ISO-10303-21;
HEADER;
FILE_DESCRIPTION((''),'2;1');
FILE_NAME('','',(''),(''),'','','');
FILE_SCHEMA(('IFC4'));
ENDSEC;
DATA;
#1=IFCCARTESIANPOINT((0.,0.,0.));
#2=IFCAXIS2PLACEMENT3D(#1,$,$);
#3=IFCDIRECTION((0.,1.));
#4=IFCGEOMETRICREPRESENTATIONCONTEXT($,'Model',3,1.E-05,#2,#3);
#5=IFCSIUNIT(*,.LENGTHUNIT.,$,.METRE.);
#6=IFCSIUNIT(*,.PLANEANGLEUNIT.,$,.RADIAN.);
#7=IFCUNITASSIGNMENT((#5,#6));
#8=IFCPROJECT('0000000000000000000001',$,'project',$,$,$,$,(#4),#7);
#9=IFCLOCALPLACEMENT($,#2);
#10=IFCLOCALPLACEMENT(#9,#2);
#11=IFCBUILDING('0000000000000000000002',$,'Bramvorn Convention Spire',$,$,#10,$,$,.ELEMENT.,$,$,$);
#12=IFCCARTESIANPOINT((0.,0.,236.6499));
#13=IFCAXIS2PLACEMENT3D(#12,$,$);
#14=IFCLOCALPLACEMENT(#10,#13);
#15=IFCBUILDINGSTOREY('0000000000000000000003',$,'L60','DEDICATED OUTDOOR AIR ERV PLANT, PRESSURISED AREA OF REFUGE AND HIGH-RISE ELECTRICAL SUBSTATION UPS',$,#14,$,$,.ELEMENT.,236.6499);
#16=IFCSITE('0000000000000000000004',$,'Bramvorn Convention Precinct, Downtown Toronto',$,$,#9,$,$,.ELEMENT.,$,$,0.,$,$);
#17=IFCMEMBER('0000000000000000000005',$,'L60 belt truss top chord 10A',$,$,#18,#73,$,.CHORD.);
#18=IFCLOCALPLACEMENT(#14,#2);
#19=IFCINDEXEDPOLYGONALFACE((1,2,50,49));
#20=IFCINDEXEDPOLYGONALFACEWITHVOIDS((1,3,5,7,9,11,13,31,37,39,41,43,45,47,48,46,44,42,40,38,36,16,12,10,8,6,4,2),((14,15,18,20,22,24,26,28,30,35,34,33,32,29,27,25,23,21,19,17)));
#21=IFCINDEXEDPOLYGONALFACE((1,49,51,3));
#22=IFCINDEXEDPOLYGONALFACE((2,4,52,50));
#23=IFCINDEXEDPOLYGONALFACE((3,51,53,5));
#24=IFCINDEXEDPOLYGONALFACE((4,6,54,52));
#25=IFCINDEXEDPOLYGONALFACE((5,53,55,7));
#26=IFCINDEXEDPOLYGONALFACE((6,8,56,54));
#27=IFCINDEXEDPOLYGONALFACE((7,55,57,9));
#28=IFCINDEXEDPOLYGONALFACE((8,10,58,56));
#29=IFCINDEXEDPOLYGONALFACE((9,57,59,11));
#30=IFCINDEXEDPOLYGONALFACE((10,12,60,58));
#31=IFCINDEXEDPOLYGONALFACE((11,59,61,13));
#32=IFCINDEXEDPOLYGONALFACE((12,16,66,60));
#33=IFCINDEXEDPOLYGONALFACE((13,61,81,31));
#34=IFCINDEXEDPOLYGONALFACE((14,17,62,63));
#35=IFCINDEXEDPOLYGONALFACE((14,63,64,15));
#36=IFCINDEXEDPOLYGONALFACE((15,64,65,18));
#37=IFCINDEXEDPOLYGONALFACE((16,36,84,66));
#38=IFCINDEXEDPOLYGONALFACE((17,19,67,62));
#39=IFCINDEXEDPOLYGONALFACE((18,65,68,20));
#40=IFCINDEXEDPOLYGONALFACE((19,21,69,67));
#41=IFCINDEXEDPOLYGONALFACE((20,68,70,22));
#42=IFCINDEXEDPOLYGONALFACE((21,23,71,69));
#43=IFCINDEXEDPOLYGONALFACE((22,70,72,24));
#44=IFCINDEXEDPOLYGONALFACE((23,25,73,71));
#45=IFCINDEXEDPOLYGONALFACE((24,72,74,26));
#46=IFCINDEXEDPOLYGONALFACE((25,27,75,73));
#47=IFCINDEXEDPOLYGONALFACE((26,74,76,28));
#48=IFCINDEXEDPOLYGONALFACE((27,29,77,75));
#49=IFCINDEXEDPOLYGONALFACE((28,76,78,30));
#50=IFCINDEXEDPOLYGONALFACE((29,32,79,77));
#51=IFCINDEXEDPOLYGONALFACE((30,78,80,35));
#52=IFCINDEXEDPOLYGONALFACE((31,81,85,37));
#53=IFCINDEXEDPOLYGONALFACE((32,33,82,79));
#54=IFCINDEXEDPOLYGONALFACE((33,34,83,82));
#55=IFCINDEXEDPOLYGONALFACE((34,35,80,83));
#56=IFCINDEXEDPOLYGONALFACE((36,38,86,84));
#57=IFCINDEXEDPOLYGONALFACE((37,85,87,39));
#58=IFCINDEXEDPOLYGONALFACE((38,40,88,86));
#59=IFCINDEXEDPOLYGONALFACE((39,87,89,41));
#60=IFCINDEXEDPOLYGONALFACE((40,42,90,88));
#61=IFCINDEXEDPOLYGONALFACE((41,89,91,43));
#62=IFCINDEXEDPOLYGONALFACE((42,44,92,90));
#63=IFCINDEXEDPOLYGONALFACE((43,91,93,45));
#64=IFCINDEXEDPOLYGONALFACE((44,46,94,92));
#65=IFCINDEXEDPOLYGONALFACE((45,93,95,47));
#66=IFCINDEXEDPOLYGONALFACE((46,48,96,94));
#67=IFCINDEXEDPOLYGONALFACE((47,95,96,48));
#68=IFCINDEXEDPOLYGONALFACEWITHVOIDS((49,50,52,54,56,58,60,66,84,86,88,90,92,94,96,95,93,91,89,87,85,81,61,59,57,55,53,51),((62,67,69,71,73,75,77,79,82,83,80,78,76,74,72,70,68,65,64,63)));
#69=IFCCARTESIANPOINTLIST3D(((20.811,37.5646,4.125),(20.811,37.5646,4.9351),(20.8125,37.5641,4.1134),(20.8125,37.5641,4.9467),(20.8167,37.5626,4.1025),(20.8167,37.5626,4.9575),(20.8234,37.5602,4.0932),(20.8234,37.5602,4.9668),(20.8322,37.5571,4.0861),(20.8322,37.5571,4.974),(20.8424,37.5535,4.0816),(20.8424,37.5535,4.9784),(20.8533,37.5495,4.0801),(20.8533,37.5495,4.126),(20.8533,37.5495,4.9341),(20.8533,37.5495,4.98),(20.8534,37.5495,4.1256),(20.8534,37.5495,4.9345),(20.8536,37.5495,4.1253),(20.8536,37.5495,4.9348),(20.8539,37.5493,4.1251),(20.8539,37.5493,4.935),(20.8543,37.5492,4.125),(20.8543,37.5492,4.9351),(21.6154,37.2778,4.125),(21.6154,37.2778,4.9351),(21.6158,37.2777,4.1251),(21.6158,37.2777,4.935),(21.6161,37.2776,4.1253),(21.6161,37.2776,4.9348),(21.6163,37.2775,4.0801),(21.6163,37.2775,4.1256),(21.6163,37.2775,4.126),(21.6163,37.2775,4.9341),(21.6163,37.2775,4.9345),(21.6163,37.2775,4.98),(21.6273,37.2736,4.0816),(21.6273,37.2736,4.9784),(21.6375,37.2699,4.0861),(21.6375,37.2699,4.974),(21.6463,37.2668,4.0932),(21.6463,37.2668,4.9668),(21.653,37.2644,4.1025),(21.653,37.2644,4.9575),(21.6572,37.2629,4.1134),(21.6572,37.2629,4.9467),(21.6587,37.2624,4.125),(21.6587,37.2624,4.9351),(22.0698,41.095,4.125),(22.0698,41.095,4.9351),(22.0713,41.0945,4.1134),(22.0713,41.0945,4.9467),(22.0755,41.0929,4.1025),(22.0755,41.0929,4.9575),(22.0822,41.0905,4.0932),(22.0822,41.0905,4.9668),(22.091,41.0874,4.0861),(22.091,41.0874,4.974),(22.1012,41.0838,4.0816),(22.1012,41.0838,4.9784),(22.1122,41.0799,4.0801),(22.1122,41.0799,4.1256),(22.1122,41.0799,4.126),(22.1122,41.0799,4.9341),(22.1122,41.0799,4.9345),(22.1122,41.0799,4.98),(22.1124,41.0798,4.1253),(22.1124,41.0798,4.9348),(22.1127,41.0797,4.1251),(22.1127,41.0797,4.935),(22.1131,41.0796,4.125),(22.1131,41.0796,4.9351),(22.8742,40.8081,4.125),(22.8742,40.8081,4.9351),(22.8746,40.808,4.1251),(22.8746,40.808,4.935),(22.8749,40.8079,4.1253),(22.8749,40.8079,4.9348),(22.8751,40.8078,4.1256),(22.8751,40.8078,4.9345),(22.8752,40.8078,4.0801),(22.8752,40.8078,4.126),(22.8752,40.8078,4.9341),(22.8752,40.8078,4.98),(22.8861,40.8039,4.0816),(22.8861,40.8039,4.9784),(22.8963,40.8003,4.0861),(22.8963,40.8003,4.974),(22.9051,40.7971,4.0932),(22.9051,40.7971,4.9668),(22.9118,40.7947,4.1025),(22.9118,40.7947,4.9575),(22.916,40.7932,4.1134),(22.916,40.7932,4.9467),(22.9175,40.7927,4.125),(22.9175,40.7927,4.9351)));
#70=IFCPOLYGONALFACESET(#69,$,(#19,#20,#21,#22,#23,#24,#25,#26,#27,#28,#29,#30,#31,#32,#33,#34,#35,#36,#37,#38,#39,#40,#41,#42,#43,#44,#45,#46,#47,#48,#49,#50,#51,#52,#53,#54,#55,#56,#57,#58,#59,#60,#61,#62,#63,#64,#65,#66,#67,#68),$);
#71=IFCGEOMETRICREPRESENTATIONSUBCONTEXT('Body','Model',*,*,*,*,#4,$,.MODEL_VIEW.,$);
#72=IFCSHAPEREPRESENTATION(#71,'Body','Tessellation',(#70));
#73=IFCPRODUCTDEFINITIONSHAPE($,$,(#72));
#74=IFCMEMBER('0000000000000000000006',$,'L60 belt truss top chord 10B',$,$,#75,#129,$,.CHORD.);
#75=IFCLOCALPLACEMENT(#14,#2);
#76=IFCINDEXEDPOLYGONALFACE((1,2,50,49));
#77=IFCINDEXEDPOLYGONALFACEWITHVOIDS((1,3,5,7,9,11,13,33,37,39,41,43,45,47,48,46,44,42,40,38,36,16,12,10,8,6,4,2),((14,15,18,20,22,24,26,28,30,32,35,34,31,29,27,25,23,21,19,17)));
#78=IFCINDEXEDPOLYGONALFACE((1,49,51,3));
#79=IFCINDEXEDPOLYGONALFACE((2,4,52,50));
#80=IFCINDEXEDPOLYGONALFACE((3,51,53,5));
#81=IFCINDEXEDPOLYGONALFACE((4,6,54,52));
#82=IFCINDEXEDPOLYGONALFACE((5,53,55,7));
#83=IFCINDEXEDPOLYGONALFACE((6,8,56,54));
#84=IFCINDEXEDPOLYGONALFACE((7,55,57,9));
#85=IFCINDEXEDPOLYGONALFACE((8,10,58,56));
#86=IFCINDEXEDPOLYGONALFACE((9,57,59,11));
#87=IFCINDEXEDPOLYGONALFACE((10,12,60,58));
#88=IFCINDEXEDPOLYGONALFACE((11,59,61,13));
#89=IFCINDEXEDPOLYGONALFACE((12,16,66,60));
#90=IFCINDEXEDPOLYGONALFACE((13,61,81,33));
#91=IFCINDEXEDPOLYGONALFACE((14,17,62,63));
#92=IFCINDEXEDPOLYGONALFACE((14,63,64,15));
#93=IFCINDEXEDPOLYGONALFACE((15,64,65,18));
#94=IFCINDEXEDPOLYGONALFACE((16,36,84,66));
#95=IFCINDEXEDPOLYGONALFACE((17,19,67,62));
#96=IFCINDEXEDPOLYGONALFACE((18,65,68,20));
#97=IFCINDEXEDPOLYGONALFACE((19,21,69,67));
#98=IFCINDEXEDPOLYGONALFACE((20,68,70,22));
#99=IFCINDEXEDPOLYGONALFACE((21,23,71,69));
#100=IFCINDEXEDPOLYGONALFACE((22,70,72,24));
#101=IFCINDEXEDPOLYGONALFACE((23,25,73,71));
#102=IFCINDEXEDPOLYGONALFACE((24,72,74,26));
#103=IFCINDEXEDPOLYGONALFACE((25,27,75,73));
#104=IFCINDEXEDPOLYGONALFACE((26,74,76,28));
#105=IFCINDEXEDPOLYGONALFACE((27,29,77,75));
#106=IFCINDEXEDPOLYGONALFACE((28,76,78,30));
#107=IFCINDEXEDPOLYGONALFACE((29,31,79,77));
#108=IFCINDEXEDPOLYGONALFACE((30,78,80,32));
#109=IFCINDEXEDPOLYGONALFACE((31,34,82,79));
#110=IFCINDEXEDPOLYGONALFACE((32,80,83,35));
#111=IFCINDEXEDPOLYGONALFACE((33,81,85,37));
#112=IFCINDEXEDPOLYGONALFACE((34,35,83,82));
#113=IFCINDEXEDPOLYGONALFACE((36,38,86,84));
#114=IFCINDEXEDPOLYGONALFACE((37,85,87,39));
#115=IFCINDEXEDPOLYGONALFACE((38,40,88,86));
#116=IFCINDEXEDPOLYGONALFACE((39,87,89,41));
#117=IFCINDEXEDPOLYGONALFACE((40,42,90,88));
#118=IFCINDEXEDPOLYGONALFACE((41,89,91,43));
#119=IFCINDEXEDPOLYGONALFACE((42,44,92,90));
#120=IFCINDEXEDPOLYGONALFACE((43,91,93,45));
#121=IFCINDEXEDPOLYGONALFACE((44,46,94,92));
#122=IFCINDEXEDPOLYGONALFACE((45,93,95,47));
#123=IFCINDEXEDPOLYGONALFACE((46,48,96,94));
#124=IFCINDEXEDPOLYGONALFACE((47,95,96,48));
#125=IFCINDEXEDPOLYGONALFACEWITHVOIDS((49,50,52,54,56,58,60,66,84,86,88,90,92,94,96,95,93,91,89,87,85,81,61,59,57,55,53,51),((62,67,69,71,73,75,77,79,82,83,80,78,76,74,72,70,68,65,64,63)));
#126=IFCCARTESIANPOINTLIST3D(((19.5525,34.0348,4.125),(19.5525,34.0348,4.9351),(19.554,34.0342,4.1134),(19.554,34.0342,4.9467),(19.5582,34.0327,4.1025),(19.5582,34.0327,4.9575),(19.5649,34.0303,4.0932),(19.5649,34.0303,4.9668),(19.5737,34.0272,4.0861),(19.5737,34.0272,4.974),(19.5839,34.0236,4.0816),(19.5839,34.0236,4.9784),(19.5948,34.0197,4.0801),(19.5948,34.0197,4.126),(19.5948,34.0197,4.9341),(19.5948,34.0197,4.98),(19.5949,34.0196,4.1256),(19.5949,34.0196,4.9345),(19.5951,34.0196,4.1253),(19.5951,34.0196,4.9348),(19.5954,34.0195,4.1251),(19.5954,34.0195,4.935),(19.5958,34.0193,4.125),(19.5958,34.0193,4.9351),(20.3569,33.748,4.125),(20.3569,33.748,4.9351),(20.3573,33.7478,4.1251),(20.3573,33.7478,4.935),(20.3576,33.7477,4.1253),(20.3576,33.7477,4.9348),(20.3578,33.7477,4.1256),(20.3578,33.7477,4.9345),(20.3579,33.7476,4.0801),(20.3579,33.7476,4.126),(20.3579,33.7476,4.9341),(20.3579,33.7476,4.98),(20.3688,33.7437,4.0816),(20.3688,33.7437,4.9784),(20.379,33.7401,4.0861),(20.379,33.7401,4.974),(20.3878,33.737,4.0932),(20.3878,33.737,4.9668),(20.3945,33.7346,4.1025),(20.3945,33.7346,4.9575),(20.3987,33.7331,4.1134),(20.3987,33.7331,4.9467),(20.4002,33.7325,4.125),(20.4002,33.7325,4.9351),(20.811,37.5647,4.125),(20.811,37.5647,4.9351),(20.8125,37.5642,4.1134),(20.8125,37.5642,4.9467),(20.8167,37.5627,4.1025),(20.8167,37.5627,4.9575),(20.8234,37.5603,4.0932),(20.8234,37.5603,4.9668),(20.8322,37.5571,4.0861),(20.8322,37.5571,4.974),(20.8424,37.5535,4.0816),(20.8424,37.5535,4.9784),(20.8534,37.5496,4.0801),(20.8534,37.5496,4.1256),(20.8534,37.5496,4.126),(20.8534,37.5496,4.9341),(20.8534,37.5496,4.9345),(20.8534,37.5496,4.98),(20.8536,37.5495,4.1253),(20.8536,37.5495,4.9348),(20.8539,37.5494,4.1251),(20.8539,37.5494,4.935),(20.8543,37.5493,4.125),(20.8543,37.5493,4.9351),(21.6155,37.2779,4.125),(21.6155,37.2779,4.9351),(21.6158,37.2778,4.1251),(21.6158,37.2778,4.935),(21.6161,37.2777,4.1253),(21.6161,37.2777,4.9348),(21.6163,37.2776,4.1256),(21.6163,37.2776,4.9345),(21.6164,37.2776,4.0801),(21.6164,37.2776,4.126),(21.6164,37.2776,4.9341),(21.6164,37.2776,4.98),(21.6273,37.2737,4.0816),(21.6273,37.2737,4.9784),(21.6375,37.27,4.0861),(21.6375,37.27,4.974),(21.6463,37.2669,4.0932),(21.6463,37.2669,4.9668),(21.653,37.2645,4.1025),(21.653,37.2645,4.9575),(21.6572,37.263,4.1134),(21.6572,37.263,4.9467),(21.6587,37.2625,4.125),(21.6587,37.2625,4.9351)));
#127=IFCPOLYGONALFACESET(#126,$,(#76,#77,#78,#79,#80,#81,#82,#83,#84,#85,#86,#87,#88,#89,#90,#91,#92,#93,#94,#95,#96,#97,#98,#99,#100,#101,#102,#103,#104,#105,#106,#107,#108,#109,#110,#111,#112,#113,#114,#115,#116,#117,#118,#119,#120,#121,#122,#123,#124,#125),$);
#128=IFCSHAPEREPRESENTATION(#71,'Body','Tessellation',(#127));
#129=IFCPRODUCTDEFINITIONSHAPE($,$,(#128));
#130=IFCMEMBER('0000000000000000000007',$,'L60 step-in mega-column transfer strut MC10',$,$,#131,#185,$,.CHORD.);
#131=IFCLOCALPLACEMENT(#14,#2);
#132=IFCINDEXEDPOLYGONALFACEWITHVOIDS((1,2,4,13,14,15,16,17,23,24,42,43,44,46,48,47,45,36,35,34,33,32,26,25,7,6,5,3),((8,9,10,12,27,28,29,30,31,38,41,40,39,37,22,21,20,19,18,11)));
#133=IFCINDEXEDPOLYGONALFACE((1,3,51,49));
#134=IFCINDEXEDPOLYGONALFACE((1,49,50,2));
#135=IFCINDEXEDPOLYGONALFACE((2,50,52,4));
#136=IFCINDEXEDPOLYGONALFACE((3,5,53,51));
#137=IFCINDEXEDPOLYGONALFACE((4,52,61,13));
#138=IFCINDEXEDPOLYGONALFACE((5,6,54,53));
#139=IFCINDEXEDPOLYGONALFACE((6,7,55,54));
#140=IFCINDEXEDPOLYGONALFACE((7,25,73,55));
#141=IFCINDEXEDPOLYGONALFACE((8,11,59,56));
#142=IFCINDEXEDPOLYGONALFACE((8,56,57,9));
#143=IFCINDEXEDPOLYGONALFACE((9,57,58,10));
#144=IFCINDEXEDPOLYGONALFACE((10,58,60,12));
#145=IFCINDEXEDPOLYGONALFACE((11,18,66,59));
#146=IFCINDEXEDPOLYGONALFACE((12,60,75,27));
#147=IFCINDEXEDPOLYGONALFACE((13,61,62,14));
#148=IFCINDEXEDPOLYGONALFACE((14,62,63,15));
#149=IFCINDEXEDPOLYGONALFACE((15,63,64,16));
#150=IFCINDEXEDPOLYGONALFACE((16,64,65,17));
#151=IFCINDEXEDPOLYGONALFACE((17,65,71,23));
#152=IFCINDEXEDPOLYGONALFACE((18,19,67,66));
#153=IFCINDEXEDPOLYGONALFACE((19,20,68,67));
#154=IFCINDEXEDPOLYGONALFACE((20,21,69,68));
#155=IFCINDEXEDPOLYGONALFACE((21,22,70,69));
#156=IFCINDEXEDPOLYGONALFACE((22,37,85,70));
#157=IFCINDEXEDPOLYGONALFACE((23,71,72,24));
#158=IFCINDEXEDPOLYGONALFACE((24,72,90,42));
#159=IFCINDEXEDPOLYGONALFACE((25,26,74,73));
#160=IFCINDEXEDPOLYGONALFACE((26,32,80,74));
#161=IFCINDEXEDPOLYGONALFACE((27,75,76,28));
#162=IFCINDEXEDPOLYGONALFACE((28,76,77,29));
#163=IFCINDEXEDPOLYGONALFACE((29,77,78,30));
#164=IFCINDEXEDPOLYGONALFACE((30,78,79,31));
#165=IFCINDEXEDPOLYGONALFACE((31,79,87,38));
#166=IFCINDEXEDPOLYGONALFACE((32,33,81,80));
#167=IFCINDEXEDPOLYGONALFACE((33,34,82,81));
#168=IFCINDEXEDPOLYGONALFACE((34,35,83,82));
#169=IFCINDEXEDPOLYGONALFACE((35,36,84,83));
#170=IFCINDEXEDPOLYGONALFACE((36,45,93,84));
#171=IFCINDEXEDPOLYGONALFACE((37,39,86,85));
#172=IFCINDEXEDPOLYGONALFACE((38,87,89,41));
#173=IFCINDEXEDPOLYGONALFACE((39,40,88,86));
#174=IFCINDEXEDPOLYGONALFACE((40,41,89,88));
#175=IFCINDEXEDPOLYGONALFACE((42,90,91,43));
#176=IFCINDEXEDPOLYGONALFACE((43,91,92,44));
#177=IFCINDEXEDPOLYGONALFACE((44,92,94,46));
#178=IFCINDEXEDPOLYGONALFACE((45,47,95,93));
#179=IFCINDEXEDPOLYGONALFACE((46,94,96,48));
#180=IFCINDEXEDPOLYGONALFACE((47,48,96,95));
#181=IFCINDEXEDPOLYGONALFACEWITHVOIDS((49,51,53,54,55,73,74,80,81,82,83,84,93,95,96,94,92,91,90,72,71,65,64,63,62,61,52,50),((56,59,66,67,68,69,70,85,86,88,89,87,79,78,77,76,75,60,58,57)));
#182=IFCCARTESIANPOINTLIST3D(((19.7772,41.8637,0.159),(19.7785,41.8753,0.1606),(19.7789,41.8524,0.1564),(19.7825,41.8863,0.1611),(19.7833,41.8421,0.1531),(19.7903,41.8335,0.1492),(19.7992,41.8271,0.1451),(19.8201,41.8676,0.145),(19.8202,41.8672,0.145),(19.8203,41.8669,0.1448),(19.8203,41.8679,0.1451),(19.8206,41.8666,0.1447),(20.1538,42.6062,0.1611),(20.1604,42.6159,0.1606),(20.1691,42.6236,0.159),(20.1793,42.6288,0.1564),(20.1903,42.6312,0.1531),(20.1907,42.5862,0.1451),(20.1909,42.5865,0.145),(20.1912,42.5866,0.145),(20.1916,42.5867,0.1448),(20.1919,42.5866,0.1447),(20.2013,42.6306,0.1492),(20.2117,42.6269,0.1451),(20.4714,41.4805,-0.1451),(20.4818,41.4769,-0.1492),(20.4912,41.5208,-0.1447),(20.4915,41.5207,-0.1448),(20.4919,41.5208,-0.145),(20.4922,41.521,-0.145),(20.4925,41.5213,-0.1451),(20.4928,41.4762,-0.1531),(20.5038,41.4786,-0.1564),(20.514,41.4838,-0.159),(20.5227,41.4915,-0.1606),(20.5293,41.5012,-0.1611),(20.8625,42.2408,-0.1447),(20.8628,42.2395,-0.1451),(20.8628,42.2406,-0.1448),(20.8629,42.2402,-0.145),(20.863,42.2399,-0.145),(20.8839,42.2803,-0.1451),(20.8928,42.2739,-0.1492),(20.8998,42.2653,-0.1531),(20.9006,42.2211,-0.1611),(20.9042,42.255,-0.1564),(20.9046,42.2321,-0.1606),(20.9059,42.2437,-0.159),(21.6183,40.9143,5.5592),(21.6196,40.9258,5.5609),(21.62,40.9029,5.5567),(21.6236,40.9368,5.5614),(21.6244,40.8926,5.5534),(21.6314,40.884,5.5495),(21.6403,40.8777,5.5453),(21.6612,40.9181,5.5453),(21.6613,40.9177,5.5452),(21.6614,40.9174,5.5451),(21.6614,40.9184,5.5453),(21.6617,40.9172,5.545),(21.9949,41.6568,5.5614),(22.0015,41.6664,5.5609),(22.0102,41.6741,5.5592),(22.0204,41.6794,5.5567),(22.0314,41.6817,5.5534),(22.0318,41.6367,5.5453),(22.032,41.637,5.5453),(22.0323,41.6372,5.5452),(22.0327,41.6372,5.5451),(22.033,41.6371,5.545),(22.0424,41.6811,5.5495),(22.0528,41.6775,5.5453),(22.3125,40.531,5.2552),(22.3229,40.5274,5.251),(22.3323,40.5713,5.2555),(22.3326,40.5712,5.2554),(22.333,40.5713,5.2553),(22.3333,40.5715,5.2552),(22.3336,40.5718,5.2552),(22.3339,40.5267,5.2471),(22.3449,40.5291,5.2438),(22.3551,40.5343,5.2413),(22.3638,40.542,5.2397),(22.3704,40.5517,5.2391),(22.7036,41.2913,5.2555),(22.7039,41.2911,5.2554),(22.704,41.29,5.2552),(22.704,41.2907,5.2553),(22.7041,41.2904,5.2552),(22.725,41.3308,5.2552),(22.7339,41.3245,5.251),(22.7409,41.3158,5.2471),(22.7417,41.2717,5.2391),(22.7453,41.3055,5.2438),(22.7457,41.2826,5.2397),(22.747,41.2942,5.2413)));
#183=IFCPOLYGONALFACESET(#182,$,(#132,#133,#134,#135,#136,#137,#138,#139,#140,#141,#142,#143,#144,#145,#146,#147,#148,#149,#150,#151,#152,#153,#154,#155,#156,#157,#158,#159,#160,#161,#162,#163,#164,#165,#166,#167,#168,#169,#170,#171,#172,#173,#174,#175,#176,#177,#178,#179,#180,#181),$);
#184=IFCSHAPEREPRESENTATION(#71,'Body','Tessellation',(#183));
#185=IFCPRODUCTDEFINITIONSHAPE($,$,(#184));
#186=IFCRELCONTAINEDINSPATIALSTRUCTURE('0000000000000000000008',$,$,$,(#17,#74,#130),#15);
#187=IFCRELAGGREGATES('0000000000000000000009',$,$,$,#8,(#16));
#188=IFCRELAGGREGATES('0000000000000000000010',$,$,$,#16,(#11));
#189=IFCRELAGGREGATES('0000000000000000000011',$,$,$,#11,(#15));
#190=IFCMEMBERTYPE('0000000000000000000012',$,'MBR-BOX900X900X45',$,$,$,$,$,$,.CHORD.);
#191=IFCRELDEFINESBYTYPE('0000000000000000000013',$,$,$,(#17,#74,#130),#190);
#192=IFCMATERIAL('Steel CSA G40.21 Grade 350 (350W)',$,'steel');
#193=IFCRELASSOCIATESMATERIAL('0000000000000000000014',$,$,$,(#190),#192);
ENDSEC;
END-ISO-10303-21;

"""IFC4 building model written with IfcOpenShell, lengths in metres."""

from ifc_helpers import new_model, si_unit, direction, frame, origin, origin_2d, place, context, subcontext, project, spatial, hollow_rectangle, extrude, material, material_profile, profile_set, type_object, element, save


model = new_model("IFC4")

# Units and contexts
model_context = context("Model", 3, precision=1e-05, world=origin(), true_north=direction((0.0, 1.0)))
body_context = subcontext(model_context, "Body", "Model", "MODEL_VIEW")
ifc_project = project(units=[si_unit("LENGTHUNIT", "METRE"), si_unit("PLANEANGLEUNIT", "RADIAN")], contexts=[model_context])

# Site, building, storey
site_placement = place(None, origin())
site = spatial("IfcSite", under=ifc_project, at=site_placement, Name="Bramvorn Convention Precinct, Downtown Toronto", CompositionType="ELEMENT", RefElevation=0.0)
building_placement = place(site_placement, origin())
building = spatial("IfcBuilding", under=site, at=building_placement, Name="Bramvorn Convention Spire", CompositionType="ELEMENT")
storey_placement = place(building_placement, frame((0.0, 0.0, 236.6499)))
storey = spatial("IfcBuildingStorey", under=building, at=storey_placement, Name="L60", Description="DEDICATED OUTDOOR AIR ERV PLANT, PRESSURISED AREA OF REFUGE AND HIGH-RISE ELECTRICAL SUBSTATION UPS", CompositionType="ELEMENT", Elevation=236.6499)

# Shared definitions
ifc_material_1 = material(Name="Steel CSA G40.21 Grade 350 (350W)", Category="steel")

# Members
ifc_material_profile_1 = material_profile(ifc_material_1, hollow_rectangle(XDim=0.8999, YDim=0.8999, WallThickness=0.0449, InnerFilletRadius=0.001, OuterFilletRadius=0.0449, at=origin_2d()))
ifc_profile_set_1 = profile_set([ifc_material_profile_1], Name="Steel CSA G40.21 Grade 350 (350W) - BOX900X900X45")
member_type_1 = type_object("IfcMemberType", Name="MBR-BOX900X900X45", PredefinedType="CHORD", material=ifc_profile_set_1)
member_1_placement = place(storey_placement, frame((22.4937, 40.9438, 4.53), z_axis=(-0.335858, -0.941913, 0.0), x_axis=(0.941913, -0.335858, 0.0)))
element("IfcMember", 1, at=member_1_placement, inside=storey, type_object=member_type_1, Name="L60 belt truss top chord 10A", PredefinedType="CHORD", context=body_context, shape_type="SweptSolid", body=[
    extrude(hollow_rectangle(XDim=0.8999, YDim=0.8999, WallThickness=0.0449, InnerFilletRadius=0.001, OuterFilletRadius=0.0449, at=origin_2d()), origin(), (0.0, 0.0, 1.0), 3.748),
])
member_2_placement = place(storey_placement, frame((21.2349, 37.4136, 4.53), z_axis=(-0.33582, -0.941926, 0.0), x_axis=(0.941926, -0.33582, 0.0)))
element("IfcMember", 2, at=member_2_placement, inside=storey, type_object=member_type_1, Name="L60 belt truss top chord 10B", PredefinedType="CHORD", context=body_context, shape_type="SweptSolid", body=[
    extrude(hollow_rectangle(XDim=0.8999, YDim=0.8999, WallThickness=0.0449, InnerFilletRadius=0.001, OuterFilletRadius=0.0449, at=origin_2d()), origin(), (0.0, 0.0, 1.0), 3.7476),
])
member_3_placement = place(storey_placement, frame((20.3416, 42.0537, 0.0), z_axis=(0.318313, -0.164158, 0.933664), x_axis=(0.458352, 0.888771, 0.0)))
element("IfcMember", 3, at=member_3_placement, inside=storey, type_object=member_type_1, Name="L60 step-in mega-column transfer strut MC10", PredefinedType="CHORD", context=body_context, shape_type="SweptSolid", body=[
    extrude(hollow_rectangle(XDim=0.8999, YDim=0.8999, WallThickness=0.0449, InnerFilletRadius=0.001, OuterFilletRadius=0.0449, at=origin_2d()), origin(), (0.0, 0.0, 1.0), 5.7839),
])

save(model, "model.ifc")
